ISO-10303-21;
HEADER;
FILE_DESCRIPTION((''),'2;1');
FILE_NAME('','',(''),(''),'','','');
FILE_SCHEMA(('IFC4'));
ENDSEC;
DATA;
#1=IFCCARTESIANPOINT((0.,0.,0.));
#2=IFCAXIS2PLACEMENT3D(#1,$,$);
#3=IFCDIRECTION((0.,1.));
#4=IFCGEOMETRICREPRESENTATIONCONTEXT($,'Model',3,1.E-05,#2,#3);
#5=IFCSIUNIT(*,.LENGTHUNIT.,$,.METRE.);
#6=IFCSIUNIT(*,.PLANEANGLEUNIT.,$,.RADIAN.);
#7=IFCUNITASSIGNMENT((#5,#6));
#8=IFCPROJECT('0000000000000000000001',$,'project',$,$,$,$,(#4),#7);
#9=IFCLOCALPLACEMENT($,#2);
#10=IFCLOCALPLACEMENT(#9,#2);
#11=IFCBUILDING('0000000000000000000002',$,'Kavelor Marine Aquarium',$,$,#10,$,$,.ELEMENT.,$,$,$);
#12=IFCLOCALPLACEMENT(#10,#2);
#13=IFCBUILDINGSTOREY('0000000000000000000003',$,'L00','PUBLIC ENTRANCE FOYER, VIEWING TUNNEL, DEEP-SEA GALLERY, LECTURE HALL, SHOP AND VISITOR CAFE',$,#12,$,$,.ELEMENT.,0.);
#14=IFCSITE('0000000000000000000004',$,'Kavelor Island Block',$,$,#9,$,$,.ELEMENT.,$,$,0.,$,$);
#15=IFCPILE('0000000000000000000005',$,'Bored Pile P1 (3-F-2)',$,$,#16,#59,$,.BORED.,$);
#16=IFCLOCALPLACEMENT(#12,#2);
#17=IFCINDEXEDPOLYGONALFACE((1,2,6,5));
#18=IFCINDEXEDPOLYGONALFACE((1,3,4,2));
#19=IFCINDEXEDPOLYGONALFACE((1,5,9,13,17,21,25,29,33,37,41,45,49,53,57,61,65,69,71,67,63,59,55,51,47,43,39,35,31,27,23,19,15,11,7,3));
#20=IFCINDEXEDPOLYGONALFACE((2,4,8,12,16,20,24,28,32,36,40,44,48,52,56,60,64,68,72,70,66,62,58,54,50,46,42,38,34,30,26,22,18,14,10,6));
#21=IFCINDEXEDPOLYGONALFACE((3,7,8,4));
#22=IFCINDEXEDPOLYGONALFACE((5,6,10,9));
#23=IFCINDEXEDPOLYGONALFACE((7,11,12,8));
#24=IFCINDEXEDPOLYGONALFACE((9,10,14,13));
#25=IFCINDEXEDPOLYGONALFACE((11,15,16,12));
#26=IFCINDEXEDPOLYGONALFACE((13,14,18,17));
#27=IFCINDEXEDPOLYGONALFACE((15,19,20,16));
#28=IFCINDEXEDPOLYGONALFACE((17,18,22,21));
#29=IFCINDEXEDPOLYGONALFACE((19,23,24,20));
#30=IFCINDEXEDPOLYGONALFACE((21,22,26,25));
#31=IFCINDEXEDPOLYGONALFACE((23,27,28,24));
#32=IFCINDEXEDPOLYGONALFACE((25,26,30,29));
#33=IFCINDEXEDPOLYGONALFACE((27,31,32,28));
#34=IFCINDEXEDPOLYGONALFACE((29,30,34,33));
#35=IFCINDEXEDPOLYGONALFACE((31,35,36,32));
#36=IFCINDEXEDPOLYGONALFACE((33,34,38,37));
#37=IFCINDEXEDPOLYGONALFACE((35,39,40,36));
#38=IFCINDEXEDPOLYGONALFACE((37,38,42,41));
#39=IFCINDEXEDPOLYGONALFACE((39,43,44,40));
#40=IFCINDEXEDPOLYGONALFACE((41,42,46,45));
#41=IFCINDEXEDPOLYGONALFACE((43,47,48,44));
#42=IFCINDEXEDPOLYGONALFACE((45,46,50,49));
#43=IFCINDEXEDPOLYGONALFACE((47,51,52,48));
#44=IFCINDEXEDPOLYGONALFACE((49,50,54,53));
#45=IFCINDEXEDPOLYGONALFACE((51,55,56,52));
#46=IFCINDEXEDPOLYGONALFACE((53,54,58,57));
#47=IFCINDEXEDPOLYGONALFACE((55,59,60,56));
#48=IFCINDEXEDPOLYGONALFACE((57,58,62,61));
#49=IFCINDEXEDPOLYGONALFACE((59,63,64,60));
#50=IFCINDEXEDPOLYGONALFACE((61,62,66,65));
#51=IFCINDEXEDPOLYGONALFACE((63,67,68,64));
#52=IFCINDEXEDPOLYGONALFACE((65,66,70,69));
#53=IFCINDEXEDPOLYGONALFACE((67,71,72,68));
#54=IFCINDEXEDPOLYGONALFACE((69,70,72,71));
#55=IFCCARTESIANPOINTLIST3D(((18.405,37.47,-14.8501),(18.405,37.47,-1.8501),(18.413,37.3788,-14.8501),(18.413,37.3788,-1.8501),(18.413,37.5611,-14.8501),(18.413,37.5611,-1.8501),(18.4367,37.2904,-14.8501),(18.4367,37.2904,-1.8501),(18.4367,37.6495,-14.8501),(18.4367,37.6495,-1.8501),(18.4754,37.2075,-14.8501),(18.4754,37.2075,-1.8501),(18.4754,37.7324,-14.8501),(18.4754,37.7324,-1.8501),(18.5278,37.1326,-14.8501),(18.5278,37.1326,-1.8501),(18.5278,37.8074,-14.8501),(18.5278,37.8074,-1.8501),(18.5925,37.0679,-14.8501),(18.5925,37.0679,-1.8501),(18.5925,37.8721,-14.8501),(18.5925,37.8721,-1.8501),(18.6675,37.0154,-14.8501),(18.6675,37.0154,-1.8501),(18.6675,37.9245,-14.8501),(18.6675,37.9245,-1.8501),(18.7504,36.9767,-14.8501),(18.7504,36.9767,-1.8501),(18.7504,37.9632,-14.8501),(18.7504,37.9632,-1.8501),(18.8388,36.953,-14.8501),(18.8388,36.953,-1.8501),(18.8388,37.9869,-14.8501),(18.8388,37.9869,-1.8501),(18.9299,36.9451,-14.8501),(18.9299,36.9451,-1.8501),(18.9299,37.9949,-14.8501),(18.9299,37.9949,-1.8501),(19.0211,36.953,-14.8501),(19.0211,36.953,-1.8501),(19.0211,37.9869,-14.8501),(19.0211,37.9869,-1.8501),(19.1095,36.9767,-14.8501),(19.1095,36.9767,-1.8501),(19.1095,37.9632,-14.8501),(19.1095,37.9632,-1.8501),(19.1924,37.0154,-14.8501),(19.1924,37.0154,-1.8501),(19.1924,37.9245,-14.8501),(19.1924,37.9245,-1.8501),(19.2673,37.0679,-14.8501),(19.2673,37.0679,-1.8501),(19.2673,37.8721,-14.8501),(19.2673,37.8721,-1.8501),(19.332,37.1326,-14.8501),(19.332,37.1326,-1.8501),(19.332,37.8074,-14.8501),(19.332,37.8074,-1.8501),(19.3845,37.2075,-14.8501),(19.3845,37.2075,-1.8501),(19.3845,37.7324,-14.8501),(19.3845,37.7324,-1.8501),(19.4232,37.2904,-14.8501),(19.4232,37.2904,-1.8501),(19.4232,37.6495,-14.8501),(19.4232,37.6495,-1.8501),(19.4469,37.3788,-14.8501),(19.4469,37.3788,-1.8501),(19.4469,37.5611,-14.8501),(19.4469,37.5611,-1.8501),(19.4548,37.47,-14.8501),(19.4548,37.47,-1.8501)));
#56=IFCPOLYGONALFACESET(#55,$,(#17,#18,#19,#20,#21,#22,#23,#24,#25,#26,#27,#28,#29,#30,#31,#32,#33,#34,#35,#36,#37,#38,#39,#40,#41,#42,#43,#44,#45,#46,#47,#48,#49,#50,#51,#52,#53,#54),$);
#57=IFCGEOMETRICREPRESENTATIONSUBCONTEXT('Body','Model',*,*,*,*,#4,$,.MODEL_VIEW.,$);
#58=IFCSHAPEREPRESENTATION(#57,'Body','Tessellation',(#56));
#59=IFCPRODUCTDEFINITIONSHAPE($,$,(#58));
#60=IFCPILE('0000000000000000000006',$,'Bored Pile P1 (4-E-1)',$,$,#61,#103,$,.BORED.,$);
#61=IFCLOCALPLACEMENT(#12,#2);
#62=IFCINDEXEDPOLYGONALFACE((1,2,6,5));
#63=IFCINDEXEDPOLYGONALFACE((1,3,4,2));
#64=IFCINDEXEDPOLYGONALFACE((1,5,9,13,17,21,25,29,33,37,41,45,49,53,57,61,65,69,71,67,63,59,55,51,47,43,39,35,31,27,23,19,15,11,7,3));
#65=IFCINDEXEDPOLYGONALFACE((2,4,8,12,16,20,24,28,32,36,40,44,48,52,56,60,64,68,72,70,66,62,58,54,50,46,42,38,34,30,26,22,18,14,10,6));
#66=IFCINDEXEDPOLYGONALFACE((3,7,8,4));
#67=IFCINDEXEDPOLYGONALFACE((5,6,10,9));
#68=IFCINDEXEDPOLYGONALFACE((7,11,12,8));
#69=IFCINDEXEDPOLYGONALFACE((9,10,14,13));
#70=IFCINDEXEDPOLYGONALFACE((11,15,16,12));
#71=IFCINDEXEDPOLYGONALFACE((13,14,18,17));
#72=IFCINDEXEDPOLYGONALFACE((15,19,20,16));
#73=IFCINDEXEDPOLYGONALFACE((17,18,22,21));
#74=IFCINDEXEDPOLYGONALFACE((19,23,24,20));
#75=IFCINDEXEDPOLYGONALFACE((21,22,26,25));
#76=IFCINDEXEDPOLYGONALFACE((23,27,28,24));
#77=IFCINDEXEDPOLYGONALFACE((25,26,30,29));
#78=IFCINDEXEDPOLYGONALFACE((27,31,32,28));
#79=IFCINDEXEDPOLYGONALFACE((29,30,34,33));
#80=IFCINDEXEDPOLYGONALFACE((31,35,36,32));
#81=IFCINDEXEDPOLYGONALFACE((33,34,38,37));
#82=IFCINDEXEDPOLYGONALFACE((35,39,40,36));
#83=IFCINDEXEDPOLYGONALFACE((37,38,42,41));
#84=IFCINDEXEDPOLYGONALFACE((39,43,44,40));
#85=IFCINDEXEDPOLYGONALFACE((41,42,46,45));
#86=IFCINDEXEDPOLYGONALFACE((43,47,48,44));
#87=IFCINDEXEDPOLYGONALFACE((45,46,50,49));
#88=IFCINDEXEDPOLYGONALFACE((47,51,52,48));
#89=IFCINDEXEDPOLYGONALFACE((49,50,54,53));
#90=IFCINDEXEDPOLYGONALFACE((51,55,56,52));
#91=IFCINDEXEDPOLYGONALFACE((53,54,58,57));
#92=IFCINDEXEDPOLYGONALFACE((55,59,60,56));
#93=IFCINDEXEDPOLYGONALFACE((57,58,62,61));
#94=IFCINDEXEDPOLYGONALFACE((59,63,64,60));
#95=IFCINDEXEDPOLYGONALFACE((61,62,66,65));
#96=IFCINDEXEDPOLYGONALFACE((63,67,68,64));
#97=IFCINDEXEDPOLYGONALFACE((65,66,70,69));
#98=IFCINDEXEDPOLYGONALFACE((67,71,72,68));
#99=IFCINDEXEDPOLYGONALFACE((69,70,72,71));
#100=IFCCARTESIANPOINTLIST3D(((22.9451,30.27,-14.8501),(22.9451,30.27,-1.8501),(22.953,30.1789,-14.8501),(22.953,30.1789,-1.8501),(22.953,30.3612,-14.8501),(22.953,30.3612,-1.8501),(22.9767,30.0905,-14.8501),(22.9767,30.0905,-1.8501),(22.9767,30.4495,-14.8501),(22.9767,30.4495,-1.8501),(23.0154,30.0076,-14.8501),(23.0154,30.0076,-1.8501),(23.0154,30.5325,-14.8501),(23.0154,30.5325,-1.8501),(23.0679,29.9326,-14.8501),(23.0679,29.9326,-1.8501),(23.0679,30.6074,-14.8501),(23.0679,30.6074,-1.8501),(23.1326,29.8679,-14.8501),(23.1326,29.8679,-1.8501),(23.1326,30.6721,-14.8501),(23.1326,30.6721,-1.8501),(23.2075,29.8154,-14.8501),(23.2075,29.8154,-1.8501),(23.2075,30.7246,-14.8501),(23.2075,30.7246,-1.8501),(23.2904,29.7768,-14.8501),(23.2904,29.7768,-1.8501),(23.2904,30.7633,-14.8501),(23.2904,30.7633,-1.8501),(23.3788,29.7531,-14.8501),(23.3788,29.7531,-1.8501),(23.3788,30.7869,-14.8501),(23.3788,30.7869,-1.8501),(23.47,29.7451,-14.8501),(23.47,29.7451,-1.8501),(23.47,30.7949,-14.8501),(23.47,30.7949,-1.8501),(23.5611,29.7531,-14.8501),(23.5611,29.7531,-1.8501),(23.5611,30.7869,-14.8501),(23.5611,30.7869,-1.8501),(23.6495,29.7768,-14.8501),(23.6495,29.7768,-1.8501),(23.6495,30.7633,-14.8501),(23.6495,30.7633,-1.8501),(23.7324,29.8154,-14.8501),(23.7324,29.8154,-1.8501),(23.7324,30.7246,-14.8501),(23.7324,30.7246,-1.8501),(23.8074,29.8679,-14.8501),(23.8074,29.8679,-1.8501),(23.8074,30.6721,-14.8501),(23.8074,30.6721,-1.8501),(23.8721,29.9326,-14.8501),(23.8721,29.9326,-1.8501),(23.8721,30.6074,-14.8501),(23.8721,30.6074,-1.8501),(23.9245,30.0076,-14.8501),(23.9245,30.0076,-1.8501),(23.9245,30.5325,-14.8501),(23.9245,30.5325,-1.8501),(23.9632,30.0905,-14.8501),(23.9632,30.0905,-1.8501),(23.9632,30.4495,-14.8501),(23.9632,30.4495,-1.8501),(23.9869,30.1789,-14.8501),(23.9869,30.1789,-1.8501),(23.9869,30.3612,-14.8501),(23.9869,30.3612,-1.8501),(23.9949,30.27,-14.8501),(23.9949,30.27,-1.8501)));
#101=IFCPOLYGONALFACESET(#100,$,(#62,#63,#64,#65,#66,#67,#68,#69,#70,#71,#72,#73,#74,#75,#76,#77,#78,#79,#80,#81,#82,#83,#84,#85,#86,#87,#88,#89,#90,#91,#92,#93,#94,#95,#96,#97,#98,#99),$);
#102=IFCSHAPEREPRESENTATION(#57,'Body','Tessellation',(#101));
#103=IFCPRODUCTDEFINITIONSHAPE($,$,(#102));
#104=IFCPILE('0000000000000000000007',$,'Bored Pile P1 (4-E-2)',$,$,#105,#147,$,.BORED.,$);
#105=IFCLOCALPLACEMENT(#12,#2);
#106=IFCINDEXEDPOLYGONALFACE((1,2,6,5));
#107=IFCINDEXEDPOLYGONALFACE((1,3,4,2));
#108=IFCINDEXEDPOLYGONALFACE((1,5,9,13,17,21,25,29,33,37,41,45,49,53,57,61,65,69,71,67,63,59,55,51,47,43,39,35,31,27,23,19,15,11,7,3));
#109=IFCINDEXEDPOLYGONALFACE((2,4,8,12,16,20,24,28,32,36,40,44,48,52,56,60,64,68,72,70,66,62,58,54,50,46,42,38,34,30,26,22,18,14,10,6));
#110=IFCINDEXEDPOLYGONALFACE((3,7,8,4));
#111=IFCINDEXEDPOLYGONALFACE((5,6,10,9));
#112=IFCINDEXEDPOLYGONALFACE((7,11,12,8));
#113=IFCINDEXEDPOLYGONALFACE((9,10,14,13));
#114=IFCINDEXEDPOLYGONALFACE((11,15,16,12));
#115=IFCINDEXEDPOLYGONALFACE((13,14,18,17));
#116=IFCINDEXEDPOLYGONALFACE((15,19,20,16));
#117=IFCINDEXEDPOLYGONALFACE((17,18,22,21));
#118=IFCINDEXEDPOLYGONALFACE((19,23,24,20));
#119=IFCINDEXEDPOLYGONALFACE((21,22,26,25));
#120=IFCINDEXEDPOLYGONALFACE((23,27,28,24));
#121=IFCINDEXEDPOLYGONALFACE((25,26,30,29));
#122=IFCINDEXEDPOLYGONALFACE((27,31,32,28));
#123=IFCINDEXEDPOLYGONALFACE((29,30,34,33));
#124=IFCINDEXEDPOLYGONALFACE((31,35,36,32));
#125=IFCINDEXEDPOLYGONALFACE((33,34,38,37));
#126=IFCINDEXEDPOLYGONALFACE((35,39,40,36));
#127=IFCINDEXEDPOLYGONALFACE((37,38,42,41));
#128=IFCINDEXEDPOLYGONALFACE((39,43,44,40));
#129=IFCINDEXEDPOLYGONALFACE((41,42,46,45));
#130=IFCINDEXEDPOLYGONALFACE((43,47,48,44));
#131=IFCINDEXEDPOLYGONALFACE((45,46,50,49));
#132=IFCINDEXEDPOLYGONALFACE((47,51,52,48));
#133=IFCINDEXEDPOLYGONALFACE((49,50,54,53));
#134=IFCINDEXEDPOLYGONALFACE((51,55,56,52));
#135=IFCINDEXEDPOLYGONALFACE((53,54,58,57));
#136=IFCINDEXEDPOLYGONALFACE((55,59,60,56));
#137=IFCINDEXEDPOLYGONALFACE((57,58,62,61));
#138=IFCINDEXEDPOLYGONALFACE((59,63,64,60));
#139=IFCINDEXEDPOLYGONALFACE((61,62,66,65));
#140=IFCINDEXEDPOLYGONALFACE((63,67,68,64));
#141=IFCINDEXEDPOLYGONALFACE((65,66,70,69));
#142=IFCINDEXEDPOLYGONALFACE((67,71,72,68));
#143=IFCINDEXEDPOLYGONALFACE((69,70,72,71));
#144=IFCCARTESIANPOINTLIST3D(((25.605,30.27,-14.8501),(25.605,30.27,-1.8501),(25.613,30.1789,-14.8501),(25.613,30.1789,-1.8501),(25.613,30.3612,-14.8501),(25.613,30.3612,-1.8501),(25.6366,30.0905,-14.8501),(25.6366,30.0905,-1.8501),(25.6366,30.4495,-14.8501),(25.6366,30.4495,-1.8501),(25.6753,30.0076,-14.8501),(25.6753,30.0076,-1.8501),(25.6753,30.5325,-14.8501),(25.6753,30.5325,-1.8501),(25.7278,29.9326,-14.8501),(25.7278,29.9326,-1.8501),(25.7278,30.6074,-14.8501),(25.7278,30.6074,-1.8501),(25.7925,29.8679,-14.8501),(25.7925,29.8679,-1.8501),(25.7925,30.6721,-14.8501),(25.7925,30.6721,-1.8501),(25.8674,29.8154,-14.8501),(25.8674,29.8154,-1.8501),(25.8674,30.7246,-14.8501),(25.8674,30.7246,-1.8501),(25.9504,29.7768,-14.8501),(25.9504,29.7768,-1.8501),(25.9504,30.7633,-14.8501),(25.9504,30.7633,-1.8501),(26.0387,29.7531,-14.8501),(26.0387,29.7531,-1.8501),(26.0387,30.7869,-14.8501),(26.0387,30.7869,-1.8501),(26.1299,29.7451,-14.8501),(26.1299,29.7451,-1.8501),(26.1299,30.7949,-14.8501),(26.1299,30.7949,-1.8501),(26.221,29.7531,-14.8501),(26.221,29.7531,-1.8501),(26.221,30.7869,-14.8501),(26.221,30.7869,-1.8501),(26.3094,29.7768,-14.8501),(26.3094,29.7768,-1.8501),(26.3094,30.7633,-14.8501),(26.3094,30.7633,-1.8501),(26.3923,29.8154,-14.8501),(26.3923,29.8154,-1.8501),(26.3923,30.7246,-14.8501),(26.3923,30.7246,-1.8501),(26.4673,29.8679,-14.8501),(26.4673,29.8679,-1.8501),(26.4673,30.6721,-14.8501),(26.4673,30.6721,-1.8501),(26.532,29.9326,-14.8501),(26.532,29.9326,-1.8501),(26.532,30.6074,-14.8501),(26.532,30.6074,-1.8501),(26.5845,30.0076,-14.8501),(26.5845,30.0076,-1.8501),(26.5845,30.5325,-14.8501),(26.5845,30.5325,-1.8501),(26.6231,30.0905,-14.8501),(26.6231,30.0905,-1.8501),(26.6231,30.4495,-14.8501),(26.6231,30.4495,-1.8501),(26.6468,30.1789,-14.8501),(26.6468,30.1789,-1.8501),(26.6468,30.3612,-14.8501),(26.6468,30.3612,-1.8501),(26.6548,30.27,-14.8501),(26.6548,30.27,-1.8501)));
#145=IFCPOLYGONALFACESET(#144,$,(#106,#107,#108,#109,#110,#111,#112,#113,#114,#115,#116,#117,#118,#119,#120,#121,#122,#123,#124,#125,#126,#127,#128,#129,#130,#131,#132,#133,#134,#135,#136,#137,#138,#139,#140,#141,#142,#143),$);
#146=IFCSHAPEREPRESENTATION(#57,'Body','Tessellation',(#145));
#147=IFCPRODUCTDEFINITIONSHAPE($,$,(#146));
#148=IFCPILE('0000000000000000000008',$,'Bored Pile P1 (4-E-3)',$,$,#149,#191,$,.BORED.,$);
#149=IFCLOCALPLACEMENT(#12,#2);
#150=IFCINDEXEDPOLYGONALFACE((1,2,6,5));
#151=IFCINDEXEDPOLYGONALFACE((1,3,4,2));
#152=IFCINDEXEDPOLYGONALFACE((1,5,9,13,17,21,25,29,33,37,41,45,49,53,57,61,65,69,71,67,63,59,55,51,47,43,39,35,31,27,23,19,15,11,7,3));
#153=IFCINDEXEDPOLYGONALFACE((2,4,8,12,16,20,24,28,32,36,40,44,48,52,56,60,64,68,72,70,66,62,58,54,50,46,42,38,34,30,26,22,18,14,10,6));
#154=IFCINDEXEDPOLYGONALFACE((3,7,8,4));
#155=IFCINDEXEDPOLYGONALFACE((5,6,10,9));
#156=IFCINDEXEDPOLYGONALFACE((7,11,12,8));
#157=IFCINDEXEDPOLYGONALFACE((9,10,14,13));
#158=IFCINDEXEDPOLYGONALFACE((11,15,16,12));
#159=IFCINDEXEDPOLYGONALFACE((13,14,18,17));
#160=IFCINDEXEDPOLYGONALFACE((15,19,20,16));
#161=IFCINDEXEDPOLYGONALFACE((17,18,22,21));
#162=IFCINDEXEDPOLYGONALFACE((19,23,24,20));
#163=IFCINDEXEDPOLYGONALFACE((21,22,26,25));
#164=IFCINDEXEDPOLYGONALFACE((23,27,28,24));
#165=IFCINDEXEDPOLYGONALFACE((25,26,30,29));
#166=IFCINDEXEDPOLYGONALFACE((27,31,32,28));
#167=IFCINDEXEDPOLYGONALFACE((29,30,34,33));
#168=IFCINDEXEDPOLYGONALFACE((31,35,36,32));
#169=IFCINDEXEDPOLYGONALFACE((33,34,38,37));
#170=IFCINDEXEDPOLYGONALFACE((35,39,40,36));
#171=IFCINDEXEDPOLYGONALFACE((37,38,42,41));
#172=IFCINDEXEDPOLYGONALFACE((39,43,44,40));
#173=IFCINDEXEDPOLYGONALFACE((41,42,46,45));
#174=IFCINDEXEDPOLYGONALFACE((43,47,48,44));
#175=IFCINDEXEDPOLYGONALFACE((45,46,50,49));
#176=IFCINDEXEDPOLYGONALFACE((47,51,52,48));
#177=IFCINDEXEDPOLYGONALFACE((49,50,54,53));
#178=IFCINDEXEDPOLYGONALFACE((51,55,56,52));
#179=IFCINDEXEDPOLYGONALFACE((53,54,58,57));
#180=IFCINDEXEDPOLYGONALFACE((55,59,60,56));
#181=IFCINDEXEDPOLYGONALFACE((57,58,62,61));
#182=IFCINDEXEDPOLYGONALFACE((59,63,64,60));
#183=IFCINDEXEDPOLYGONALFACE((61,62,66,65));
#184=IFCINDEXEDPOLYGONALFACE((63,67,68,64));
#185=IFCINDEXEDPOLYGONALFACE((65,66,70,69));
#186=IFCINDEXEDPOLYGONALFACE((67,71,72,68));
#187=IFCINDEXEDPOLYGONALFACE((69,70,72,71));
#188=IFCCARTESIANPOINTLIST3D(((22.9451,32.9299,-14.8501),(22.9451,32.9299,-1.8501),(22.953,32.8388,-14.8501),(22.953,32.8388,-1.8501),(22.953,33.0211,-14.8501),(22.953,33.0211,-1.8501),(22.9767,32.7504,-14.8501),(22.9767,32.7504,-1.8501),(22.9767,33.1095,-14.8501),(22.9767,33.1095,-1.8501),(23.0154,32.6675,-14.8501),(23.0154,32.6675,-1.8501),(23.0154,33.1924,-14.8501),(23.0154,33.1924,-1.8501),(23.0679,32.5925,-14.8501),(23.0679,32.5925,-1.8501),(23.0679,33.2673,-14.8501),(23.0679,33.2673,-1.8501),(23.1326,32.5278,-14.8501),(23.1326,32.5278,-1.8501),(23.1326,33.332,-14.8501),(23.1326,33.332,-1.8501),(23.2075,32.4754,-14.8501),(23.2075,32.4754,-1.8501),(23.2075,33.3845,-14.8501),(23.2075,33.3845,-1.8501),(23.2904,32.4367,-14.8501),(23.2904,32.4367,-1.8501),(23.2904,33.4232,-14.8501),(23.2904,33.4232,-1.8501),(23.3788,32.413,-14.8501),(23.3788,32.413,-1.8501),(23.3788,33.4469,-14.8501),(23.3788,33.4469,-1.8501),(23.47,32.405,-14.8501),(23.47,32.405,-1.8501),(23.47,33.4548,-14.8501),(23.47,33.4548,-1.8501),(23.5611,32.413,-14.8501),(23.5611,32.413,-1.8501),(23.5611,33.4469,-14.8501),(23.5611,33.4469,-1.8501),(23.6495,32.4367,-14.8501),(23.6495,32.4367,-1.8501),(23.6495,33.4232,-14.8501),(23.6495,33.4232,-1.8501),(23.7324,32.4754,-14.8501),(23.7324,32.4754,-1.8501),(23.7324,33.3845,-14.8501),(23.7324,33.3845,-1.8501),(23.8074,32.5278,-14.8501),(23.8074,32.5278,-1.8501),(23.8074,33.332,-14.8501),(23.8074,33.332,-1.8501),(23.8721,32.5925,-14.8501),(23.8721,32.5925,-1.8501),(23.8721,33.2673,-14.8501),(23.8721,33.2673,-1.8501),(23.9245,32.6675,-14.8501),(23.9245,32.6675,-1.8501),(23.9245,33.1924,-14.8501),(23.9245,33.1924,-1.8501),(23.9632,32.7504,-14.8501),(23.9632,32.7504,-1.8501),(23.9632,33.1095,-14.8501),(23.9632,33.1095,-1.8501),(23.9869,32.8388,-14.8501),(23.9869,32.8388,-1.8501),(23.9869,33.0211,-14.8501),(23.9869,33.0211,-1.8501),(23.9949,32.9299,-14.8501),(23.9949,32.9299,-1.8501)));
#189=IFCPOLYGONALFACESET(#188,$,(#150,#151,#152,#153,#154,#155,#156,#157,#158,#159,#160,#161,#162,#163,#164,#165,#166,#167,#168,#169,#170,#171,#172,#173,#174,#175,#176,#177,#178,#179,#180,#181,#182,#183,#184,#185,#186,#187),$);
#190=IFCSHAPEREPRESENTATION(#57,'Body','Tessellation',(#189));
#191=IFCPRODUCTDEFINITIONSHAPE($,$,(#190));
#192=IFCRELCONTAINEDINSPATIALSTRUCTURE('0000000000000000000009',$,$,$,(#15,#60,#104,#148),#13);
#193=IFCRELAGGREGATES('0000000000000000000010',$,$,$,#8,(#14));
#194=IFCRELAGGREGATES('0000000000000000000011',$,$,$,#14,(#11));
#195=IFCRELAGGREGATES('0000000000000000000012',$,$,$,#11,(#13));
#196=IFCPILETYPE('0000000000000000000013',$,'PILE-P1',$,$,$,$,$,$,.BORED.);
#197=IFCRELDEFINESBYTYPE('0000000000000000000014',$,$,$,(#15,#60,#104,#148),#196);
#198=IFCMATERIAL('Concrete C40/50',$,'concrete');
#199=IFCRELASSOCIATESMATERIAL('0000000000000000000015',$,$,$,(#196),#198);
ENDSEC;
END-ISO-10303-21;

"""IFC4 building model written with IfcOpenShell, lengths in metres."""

from ifc_helpers import new_model, si_unit, direction, frame, origin, origin_2d, place, context, subcontext, project, spatial, circle, extrude, material, material_profile, profile_set, type_object, element, save


model = new_model("IFC4")

# Units and contexts
model_context = context("Model", 3, precision=1e-05, world=origin(), true_north=direction((0.0, 1.0)))
body_context = subcontext(model_context, "Body", "Model", "MODEL_VIEW")
ifc_project = project(units=[si_unit("LENGTHUNIT", "METRE"), si_unit("PLANEANGLEUNIT", "RADIAN")], contexts=[model_context])

# Site, building, storey
site_placement = place(None, origin())
site = spatial("IfcSite", under=ifc_project, at=site_placement, Name="Kavelor Island Block", CompositionType="ELEMENT", RefElevation=0.0)
building_placement = place(site_placement, origin())
building = spatial("IfcBuilding", under=site, at=building_placement, Name="Kavelor Marine Aquarium", CompositionType="ELEMENT")
storey_placement = place(building_placement, origin())
storey = spatial("IfcBuildingStorey", under=building, at=storey_placement, Name="L00", Description="PUBLIC ENTRANCE FOYER, VIEWING TUNNEL, DEEP-SEA GALLERY, LECTURE HALL, SHOP AND VISITOR CAFE", CompositionType="ELEMENT", Elevation=0.0)

# Piles
ifc_material_1 = material(Name="Concrete C40/50", Category="concrete")
ifc_material_profile_1 = material_profile(ifc_material_1, circle(Radius=0.5249, at=origin_2d()), Name="PILE D1050")
ifc_profile_set_1 = profile_set([ifc_material_profile_1], Name="Concrete C40/50")
pile_type = type_object("IfcPileType", Name="PILE-P1", PredefinedType="BORED", material=ifc_profile_set_1)
for number, where, z_axis, x_axis, name in (
    (1, (18.9299, 37.47, -1.8501), (0.0, 0.0, -1.0), (1.0, 0.0, 0.0), "Bored Pile P1 (3-F-2)"),
    (2, (23.47, 30.27, -1.8501), (0.0, 0.0, -1.0), (1.0, 0.0, 0.0), "Bored Pile P1 (4-E-1)"),
    (3, (26.1299, 30.27, -1.8501), (0.0, 0.0, -1.0), (1.0, 0.0, 0.0), "Bored Pile P1 (4-E-2)"),
    (4, (23.47, 32.9299, -1.8501), (0.0, 0.0, -1.0), (1.0, 0.0, 0.0), "Bored Pile P1 (4-E-3)"),
):
    element("IfcPile", number, at=place(storey_placement, frame(where, z_axis=z_axis, x_axis=x_axis)), inside=storey, type_object=pile_type, Name=name, PredefinedType="BORED", context=body_context, shape_type="SweptSolid", body=[
        extrude(circle(Radius=0.5249, at=origin_2d()), origin(), (0.0, 0.0, 1.0), 13.0),
    ])

save(model, "model.ifc")
